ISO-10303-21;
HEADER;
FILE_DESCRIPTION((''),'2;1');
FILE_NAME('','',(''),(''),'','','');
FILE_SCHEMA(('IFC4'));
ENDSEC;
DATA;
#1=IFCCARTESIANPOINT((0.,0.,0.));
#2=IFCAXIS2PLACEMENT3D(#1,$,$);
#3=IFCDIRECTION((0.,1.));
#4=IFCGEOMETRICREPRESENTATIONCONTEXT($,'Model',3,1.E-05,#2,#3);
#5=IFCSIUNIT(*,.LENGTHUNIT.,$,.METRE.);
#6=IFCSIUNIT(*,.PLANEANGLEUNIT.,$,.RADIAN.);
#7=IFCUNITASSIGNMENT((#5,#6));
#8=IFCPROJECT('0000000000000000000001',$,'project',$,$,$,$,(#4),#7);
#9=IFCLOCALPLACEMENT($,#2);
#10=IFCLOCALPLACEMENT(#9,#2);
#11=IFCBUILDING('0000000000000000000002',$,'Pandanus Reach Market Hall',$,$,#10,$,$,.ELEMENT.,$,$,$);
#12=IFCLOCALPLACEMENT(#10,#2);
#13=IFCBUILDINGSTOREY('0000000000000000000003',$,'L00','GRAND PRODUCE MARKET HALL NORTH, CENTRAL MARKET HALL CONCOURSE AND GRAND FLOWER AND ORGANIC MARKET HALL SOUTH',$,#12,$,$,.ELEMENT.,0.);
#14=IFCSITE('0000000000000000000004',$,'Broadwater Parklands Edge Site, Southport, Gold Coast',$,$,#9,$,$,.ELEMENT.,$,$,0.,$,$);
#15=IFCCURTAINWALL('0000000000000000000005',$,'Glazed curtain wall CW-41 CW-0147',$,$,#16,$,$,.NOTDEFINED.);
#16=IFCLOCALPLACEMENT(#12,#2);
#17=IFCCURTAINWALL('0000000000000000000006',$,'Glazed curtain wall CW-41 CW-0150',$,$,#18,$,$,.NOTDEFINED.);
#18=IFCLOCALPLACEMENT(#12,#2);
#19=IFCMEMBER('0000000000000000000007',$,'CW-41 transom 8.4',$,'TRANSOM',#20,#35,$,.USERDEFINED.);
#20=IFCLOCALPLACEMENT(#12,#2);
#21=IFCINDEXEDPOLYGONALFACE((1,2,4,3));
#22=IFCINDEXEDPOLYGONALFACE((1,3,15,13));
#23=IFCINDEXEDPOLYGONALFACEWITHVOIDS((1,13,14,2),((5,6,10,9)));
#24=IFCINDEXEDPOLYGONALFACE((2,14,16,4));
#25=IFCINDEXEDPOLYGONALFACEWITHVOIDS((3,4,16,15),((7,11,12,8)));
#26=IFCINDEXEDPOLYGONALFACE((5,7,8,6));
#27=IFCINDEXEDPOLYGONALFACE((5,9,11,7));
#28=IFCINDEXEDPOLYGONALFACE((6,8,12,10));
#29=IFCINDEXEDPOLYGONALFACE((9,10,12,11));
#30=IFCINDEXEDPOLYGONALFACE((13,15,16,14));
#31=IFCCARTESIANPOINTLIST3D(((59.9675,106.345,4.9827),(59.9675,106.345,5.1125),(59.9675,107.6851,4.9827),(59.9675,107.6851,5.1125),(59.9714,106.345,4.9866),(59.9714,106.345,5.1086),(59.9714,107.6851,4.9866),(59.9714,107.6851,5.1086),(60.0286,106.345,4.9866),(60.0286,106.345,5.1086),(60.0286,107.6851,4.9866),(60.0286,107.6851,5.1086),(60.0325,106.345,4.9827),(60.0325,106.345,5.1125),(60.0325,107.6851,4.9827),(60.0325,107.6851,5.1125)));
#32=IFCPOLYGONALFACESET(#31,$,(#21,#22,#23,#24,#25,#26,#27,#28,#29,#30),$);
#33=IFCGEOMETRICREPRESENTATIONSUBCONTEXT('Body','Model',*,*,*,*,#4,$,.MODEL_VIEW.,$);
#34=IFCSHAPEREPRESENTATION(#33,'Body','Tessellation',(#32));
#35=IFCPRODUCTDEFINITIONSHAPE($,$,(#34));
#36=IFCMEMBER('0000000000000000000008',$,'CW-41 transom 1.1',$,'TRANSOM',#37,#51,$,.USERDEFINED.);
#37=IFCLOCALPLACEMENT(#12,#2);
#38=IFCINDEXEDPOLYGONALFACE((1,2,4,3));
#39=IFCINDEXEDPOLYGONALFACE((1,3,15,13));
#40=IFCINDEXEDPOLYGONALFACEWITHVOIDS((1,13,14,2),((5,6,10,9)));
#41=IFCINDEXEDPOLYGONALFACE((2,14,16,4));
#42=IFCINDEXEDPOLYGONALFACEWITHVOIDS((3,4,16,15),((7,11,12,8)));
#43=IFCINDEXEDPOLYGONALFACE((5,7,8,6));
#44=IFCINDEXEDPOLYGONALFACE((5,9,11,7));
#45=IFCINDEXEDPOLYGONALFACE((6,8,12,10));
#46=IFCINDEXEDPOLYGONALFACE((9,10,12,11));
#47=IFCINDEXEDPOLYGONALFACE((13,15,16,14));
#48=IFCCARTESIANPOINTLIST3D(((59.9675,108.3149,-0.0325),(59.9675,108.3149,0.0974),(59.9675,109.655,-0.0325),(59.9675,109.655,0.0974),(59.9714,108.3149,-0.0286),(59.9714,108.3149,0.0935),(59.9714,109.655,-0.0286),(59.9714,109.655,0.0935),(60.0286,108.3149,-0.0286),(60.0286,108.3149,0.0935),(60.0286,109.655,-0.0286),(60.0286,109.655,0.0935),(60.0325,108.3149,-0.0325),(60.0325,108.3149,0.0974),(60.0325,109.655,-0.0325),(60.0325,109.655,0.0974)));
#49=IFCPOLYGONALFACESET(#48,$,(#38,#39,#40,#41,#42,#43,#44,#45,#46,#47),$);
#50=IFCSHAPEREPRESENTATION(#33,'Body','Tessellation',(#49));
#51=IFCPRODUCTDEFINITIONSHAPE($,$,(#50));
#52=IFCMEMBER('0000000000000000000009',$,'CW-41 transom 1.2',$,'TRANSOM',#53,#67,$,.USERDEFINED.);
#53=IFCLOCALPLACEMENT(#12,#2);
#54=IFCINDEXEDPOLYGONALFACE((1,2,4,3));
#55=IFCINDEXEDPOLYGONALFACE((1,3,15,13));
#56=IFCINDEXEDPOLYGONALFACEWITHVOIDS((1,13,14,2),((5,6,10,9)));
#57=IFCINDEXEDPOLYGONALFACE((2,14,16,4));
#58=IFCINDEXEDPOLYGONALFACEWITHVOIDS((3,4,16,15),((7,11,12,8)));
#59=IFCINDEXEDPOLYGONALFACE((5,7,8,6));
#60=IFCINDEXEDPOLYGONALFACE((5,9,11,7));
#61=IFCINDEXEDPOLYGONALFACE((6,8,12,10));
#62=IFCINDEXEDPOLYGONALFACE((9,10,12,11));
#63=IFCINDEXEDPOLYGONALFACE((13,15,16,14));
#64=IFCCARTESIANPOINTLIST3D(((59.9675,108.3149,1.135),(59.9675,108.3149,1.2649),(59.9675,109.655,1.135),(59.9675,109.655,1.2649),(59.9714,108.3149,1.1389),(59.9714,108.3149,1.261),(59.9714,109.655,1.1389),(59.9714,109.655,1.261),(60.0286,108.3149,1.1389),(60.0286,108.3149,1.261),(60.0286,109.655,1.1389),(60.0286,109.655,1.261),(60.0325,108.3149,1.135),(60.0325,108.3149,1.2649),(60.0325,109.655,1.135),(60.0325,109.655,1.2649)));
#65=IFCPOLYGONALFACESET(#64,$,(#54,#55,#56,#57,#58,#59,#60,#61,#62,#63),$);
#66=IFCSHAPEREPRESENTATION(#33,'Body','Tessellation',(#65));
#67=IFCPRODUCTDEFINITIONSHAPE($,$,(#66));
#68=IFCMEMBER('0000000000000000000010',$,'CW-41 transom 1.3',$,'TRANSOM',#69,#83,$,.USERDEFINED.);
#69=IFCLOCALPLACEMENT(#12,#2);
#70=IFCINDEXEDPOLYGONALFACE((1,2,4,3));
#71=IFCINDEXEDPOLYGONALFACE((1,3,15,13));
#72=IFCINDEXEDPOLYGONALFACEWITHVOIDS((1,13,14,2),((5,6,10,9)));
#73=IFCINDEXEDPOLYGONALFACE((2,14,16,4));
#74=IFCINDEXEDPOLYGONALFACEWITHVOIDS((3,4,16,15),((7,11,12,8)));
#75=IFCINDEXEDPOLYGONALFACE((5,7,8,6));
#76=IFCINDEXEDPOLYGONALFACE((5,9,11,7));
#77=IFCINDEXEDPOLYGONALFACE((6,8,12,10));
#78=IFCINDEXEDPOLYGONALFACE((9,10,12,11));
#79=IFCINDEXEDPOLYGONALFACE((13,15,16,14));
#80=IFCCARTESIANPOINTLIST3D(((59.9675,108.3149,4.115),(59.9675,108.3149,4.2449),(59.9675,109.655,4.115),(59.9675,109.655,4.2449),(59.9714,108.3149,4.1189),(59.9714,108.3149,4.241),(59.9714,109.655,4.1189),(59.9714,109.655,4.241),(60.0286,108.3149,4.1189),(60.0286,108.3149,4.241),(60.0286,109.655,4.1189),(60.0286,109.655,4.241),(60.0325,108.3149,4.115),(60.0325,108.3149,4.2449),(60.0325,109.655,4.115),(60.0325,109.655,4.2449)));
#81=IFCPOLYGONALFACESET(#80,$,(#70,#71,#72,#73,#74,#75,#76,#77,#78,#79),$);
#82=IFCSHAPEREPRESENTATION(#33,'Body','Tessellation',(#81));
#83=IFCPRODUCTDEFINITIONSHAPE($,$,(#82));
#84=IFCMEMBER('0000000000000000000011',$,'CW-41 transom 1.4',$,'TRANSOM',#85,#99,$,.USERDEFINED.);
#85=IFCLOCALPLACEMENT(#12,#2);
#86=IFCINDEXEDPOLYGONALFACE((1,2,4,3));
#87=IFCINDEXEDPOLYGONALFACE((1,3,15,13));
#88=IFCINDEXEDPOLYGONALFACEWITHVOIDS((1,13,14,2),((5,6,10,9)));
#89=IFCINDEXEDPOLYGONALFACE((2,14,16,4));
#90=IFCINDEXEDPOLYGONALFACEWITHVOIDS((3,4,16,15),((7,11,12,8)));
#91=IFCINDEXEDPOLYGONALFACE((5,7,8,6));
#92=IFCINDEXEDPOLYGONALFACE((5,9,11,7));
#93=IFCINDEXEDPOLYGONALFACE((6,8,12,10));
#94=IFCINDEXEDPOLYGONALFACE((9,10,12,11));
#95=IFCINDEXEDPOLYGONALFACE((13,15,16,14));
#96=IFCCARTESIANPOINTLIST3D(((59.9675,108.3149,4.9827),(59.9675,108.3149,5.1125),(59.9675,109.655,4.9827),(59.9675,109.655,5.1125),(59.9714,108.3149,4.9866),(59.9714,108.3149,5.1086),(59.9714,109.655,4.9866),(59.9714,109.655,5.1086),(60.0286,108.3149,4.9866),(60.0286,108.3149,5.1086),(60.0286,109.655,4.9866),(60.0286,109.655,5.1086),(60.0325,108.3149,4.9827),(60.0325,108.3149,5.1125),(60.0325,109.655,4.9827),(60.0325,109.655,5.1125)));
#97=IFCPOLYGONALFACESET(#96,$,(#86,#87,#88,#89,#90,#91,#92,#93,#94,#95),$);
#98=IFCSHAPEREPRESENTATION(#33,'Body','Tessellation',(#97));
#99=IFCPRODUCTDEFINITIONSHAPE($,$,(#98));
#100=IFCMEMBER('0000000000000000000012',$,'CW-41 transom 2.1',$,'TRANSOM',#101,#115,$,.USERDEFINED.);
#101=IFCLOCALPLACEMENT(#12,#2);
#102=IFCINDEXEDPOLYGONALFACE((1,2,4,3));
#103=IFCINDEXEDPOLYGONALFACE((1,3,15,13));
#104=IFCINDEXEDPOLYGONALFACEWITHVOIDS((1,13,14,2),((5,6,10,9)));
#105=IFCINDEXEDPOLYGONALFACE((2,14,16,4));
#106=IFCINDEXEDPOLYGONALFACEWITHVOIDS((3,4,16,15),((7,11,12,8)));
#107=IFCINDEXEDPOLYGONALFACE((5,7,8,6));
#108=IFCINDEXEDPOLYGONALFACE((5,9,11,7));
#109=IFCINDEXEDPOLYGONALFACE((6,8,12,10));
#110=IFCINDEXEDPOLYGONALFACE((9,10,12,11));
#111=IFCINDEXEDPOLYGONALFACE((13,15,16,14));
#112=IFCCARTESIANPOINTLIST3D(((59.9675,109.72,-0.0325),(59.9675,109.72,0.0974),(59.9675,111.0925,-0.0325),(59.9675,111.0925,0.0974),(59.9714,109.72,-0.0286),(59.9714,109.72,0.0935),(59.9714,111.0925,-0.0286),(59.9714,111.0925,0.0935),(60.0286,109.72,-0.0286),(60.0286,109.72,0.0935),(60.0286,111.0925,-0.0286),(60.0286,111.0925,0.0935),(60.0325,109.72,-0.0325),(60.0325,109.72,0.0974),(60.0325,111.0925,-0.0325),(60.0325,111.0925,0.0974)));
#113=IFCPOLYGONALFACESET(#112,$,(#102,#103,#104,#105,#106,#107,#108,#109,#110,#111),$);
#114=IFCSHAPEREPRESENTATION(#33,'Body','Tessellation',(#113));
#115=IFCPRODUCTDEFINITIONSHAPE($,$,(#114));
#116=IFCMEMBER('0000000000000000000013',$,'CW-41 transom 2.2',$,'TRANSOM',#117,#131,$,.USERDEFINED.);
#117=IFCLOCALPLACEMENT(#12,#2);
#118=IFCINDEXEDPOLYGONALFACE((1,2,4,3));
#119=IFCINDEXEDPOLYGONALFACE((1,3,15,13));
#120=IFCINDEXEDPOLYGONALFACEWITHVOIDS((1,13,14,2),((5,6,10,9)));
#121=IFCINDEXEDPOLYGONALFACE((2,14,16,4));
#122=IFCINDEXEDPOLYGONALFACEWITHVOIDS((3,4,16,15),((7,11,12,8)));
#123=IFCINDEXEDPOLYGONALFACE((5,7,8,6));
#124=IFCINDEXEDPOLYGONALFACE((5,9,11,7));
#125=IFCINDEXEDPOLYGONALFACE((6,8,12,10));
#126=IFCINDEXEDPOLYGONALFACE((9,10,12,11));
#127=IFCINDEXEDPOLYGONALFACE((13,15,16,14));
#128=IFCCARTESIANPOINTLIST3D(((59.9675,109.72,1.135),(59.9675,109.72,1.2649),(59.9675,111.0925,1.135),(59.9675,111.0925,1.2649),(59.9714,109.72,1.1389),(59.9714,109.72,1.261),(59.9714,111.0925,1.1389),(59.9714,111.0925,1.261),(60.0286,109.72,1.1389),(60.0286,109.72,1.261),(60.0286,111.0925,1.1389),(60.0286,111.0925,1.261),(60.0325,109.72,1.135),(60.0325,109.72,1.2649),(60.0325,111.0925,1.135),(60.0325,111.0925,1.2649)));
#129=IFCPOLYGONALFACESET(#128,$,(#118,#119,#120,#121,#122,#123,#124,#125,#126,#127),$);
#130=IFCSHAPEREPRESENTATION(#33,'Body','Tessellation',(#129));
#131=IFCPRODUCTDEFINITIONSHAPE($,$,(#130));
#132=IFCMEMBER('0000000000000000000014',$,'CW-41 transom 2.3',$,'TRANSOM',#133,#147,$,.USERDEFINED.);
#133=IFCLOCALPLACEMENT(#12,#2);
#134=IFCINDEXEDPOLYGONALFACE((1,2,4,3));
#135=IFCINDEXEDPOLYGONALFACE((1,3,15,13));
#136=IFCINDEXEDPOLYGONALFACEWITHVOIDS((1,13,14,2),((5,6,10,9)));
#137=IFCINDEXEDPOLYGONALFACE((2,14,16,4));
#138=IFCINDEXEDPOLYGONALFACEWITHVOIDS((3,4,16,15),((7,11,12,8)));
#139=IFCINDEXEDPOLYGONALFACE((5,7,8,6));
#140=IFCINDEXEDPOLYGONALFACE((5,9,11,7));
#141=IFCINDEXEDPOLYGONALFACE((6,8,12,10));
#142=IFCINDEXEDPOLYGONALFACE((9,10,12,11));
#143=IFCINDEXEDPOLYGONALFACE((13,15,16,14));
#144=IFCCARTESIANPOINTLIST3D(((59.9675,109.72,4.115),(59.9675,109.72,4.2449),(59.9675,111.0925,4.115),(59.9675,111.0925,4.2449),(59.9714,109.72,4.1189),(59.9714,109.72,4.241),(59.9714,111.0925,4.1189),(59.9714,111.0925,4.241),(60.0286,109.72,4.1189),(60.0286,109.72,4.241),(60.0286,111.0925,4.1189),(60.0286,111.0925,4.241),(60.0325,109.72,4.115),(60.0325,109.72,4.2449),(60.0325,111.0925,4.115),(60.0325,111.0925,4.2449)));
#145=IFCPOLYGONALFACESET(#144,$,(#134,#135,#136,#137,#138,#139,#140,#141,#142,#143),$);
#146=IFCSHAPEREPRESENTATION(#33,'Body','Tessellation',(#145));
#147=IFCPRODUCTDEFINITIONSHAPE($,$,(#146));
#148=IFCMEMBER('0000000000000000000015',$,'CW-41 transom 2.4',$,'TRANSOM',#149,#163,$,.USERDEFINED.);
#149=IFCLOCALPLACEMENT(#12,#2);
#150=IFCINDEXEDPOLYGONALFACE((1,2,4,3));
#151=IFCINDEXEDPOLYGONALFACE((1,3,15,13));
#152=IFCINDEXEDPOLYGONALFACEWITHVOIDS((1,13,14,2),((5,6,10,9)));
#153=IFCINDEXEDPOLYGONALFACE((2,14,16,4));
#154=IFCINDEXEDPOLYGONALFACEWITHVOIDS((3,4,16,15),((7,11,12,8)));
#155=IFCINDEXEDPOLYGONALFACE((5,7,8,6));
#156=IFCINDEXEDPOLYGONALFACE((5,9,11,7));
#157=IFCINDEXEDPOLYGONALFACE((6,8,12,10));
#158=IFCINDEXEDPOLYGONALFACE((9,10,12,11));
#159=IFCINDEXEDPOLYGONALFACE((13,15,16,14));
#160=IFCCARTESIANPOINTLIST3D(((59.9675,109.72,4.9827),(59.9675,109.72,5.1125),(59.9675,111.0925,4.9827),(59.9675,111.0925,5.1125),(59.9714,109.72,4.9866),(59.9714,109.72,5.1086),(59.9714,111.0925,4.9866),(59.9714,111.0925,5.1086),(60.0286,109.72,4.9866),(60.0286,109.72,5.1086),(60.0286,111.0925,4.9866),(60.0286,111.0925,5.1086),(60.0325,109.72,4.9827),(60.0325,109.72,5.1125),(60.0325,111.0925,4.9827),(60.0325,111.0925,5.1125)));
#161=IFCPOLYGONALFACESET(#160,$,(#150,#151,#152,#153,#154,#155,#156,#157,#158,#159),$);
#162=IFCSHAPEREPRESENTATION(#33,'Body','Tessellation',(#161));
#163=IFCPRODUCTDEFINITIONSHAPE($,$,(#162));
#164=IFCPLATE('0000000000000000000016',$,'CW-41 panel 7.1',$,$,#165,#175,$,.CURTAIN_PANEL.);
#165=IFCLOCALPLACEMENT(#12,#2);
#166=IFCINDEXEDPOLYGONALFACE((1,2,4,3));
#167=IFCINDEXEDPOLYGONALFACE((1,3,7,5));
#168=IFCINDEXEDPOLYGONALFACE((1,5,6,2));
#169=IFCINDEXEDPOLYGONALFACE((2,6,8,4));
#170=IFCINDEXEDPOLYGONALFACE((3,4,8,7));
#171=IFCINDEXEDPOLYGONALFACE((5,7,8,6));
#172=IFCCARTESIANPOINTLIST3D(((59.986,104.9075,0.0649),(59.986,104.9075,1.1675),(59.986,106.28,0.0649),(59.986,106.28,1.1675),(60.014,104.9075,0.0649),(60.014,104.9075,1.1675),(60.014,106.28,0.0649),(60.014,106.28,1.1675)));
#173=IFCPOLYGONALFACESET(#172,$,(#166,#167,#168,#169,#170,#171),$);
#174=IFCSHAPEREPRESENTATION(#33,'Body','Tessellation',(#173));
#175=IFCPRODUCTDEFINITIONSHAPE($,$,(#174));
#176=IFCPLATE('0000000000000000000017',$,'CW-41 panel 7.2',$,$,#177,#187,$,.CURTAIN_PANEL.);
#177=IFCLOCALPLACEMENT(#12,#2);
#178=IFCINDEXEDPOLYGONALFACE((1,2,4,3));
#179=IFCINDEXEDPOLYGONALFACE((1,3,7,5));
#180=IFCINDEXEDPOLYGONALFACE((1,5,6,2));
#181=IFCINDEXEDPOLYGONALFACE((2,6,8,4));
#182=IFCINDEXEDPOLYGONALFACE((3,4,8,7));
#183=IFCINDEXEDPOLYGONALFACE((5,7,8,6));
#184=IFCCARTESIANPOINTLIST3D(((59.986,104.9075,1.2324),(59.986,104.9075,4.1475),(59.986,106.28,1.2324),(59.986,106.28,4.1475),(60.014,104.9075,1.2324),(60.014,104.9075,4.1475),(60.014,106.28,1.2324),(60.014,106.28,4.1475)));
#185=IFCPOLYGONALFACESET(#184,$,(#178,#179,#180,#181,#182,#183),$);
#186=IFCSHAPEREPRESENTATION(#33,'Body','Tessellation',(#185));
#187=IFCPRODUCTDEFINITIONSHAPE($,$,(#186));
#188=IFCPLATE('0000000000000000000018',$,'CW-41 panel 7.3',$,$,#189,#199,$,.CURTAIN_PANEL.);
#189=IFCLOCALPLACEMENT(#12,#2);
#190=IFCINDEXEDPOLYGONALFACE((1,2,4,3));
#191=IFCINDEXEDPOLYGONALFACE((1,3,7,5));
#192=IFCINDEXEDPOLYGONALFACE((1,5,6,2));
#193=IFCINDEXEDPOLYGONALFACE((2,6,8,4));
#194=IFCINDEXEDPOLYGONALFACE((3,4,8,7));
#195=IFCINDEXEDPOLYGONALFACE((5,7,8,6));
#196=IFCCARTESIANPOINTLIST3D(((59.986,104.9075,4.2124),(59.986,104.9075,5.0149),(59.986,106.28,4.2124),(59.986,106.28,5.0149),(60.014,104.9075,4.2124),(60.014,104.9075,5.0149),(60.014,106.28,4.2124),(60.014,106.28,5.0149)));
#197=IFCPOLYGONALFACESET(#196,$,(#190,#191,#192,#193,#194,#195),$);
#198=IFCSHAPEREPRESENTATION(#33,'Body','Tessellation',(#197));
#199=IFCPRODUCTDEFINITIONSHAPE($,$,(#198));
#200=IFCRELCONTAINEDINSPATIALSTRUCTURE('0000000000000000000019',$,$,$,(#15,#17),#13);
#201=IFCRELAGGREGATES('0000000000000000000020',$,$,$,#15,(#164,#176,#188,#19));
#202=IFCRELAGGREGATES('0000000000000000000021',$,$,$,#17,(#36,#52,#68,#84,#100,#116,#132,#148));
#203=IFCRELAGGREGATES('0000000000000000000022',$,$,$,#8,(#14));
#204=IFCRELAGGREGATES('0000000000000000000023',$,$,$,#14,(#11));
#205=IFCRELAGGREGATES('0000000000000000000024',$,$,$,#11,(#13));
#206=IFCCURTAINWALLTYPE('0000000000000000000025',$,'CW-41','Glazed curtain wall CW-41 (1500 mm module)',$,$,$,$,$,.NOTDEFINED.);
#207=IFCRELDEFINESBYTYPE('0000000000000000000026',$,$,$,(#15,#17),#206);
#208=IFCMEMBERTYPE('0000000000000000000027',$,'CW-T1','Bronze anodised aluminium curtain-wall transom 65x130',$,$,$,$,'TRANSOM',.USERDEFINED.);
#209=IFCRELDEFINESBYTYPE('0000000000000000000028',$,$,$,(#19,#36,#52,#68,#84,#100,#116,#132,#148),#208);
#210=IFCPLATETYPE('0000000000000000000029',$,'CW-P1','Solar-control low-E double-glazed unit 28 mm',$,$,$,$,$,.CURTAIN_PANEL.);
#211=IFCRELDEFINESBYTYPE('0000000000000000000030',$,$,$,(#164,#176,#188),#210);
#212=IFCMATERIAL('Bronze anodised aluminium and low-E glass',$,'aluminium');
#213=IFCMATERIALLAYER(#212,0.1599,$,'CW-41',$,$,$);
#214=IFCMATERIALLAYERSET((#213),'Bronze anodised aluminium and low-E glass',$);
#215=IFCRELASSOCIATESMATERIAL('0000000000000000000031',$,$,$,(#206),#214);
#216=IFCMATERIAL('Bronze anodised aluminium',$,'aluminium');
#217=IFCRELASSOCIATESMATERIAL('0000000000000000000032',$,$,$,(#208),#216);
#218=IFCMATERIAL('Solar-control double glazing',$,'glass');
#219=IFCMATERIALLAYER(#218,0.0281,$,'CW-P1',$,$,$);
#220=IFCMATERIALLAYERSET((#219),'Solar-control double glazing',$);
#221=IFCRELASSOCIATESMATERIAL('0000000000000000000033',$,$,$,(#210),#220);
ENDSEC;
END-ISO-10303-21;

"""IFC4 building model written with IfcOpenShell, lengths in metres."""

from ifc_helpers import new_model, si_unit, direction, frame, origin, origin_2d, place, context, subcontext, project, spatial, rectangle, hollow_rectangle, extrude, material, layer, layer_set, material_profile, profile_set, type_object, element, aggregate, save


model = new_model("IFC4")

# Units and contexts
model_context = context("Model", 3, precision=1e-05, world=origin(), true_north=direction((0.0, 1.0)))
body_context = subcontext(model_context, "Body", "Model", "MODEL_VIEW")
ifc_project = project(units=[si_unit("LENGTHUNIT", "METRE"), si_unit("PLANEANGLEUNIT", "RADIAN")], contexts=[model_context])

# Site, building, storey
site_placement = place(None, origin())
site = spatial("IfcSite", under=ifc_project, at=site_placement, Name="Broadwater Parklands Edge Site, Southport, Gold Coast", CompositionType="ELEMENT", RefElevation=0.0)
building_placement = place(site_placement, origin())
building = spatial("IfcBuilding", under=site, at=building_placement, Name="Pandanus Reach Market Hall", CompositionType="ELEMENT")
storey_placement = place(building_placement, origin())
storey = spatial("IfcBuildingStorey", under=building, at=storey_placement, Name="L00", Description="GRAND PRODUCE MARKET HALL NORTH, CENTRAL MARKET HALL CONCOURSE AND GRAND FLOWER AND ORGANIC MARKET HALL SOUTH", CompositionType="ELEMENT", Elevation=0.0)

# Curtain walls
ifc_material_1 = material(Name="Bronze anodised aluminium and low-E glass", Category="aluminium")
ifc_layer_1 = layer(ifc_material_1, 0.1599, Name="CW-41")
ifc_layer_set_1 = layer_set([ifc_layer_1], Name="Bronze anodised aluminium and low-E glass")
curtain_wall_type = type_object("IfcCurtainWallType", Name="CW-41", Description="Glazed curtain wall CW-41 (1500 mm module)", PredefinedType="NOTDEFINED", material=ifc_layer_set_1)
curtain_wall_1_placement = place(storey_placement, origin())
curtain_wall_1 = element("IfcCurtainWall", 1, at=curtain_wall_1_placement, inside=storey, type_object=curtain_wall_type, Name="Glazed curtain wall CW-41 CW-0147", PredefinedType="NOTDEFINED")
ifc_material_2 = material(Name="Bronze anodised aluminium", Category="aluminium")
curtain_wall_2_placement = place(storey_placement, origin())
curtain_wall_2 = element("IfcCurtainWall", 2, at=curtain_wall_2_placement, inside=storey, type_object=curtain_wall_type, Name="Glazed curtain wall CW-41 CW-0150", PredefinedType="NOTDEFINED")

# Members
ifc_material_profile_1 = material_profile(ifc_material_2, hollow_rectangle(XDim=0.0649, YDim=0.1299, WallThickness=0.0039, at=origin_2d()), Name="ALU65x130", Category="LoadBearing")
ifc_profile_set_1 = profile_set([ifc_material_profile_1], Name="Bronze anodised aluminium")
member_type_1 = type_object("IfcMemberType", Name="CW-T1", Description="Bronze anodised aluminium curtain-wall transom 65x130", ElementType="TRANSOM", PredefinedType="USERDEFINED", material=ifc_profile_set_1)
member_1_placement = place(storey_placement, frame((60.0, 106.345, 5.0476), z_axis=(0.0, 1.0, 0.0), x_axis=(-1.0, 0.0, 0.0)))
member_1 = element("IfcMember", 3, at=member_1_placement, type_object=member_type_1, Name="CW-41 transom 8.4", ObjectType="TRANSOM", PredefinedType="USERDEFINED", context=body_context, shape_type="SweptSolid", body=[
    extrude(hollow_rectangle(XDim=0.0649, YDim=0.1299, WallThickness=0.0039, at=origin_2d()), origin(), (0.0, 0.0, 1.0), 1.3401),
])
member_2_placement = place(storey_placement, frame((60.0, 108.3149, 0.0325), z_axis=(0.0, 1.0, 0.0), x_axis=(-1.0, 0.0, 0.0)))
member_2 = element("IfcMember", 4, at=member_2_placement, type_object=member_type_1, Name="CW-41 transom 1.1", ObjectType="TRANSOM", PredefinedType="USERDEFINED", context=body_context, shape_type="SweptSolid", body=[
    extrude(hollow_rectangle(XDim=0.0649, YDim=0.1299, WallThickness=0.0039, at=origin_2d()), origin(), (0.0, 0.0, 1.0), 1.3401),
])
member_3_placement = place(storey_placement, frame((60.0, 108.3149, 1.2), z_axis=(0.0, 1.0, 0.0), x_axis=(-1.0, 0.0, 0.0)))
member_3 = element("IfcMember", 5, at=member_3_placement, type_object=member_type_1, Name="CW-41 transom 1.2", ObjectType="TRANSOM", PredefinedType="USERDEFINED", context=body_context, shape_type="SweptSolid", body=[
    extrude(hollow_rectangle(XDim=0.0649, YDim=0.1299, WallThickness=0.0039, at=origin_2d()), origin(), (0.0, 0.0, 1.0), 1.3401),
])
member_4_placement = place(storey_placement, frame((60.0, 108.3149, 4.1799), z_axis=(0.0, 1.0, 0.0), x_axis=(-1.0, 0.0, 0.0)))
member_4 = element("IfcMember", 6, at=member_4_placement, type_object=member_type_1, Name="CW-41 transom 1.3", ObjectType="TRANSOM", PredefinedType="USERDEFINED", context=body_context, shape_type="SweptSolid", body=[
    extrude(hollow_rectangle(XDim=0.0649, YDim=0.1299, WallThickness=0.0039, at=origin_2d()), origin(), (0.0, 0.0, 1.0), 1.3401),
])
member_5_placement = place(storey_placement, frame((60.0, 108.3149, 5.0476), z_axis=(0.0, 1.0, 0.0), x_axis=(-1.0, 0.0, 0.0)))
member_5 = element("IfcMember", 7, at=member_5_placement, type_object=member_type_1, Name="CW-41 transom 1.4", ObjectType="TRANSOM", PredefinedType="USERDEFINED", context=body_context, shape_type="SweptSolid", body=[
    extrude(hollow_rectangle(XDim=0.0649, YDim=0.1299, WallThickness=0.0039, at=origin_2d()), origin(), (0.0, 0.0, 1.0), 1.3401),
])
member_6_placement = place(storey_placement, frame((60.0, 109.72, 0.0325), z_axis=(0.0, 1.0, 0.0), x_axis=(-1.0, 0.0, 0.0)))
member_6 = element("IfcMember", 8, at=member_6_placement, type_object=member_type_1, Name="CW-41 transom 2.1", ObjectType="TRANSOM", PredefinedType="USERDEFINED", context=body_context, shape_type="SweptSolid", body=[
    extrude(hollow_rectangle(XDim=0.0649, YDim=0.1299, WallThickness=0.0039, at=origin_2d()), origin(), (0.0, 0.0, 1.0), 1.3726),
])
member_7_placement = place(storey_placement, frame((60.0, 109.72, 1.2), z_axis=(0.0, 1.0, 0.0), x_axis=(-1.0, 0.0, 0.0)))
member_7 = element("IfcMember", 9, at=member_7_placement, type_object=member_type_1, Name="CW-41 transom 2.2", ObjectType="TRANSOM", PredefinedType="USERDEFINED", context=body_context, shape_type="SweptSolid", body=[
    extrude(hollow_rectangle(XDim=0.0649, YDim=0.1299, WallThickness=0.0039, at=origin_2d()), origin(), (0.0, 0.0, 1.0), 1.3726),
])
member_8_placement = place(storey_placement, frame((60.0, 109.72, 4.1799), z_axis=(0.0, 1.0, 0.0), x_axis=(-1.0, 0.0, 0.0)))
member_8 = element("IfcMember", 10, at=member_8_placement, type_object=member_type_1, Name="CW-41 transom 2.3", ObjectType="TRANSOM", PredefinedType="USERDEFINED", context=body_context, shape_type="SweptSolid", body=[
    extrude(hollow_rectangle(XDim=0.0649, YDim=0.1299, WallThickness=0.0039, at=origin_2d()), origin(), (0.0, 0.0, 1.0), 1.3726),
])
member_9_placement = place(storey_placement, frame((60.0, 109.72, 5.0476), z_axis=(0.0, 1.0, 0.0), x_axis=(-1.0, 0.0, 0.0)))
member_9 = element("IfcMember", 11, at=member_9_placement, type_object=member_type_1, Name="CW-41 transom 2.4", ObjectType="TRANSOM", PredefinedType="USERDEFINED", context=body_context, shape_type="SweptSolid", body=[
    extrude(hollow_rectangle(XDim=0.0649, YDim=0.1299, WallThickness=0.0039, at=origin_2d()), origin(), (0.0, 0.0, 1.0), 1.3726),
])

# Plates
ifc_material_3 = material(Name="Solar-control double glazing", Category="glass")
ifc_layer_2 = layer(ifc_material_3, 0.0281, Name="CW-P1")
ifc_layer_set_2 = layer_set([ifc_layer_2], Name="Solar-control double glazing")
plate_type = type_object("IfcPlateType", Name="CW-P1", Description="Solar-control low-E double-glazed unit 28 mm", PredefinedType="CURTAIN_PANEL", material=ifc_layer_set_2)
plate_1_placement = place(storey_placement, frame((60.0, 105.5938, 0.0649), z_axis=(0.0, 0.0, 1.0), x_axis=(0.0, 1.0, 0.0)))
plate_1 = element("IfcPlate", 12, at=plate_1_placement, type_object=plate_type, Name="CW-41 panel 7.1", PredefinedType="CURTAIN_PANEL", context=body_context, shape_type="SweptSolid", body=[
    extrude(rectangle(XDim=1.3726, YDim=0.0281, at=origin_2d()), origin(), (0.0, 0.0, 1.0), 1.1025),
])
plate_2_placement = place(storey_placement, frame((60.0, 105.5938, 1.2324), z_axis=(0.0, 0.0, 1.0), x_axis=(0.0, 1.0, 0.0)))
plate_2 = element("IfcPlate", 13, at=plate_2_placement, type_object=plate_type, Name="CW-41 panel 7.2", PredefinedType="CURTAIN_PANEL", context=body_context, shape_type="SweptSolid", body=[
    extrude(rectangle(XDim=1.3726, YDim=0.0281, at=origin_2d()), origin(), (0.0, 0.0, 1.0), 2.915),
])
plate_3_placement = place(storey_placement, frame((60.0, 105.5938, 4.2124), z_axis=(0.0, 0.0, 1.0), x_axis=(0.0, 1.0, 0.0)))
plate_3 = element("IfcPlate", 14, at=plate_3_placement, type_object=plate_type, Name="CW-41 panel 7.3", PredefinedType="CURTAIN_PANEL", context=body_context, shape_type="SweptSolid", body=[
    extrude(rectangle(XDim=1.3726, YDim=0.0281, at=origin_2d()), origin(), (0.0, 0.0, 1.0), 0.8025),
])
aggregate(curtain_wall_1, [plate_1, plate_2, plate_3, member_1])
aggregate(curtain_wall_2, [member_2, member_3, member_4, member_5, member_6, member_7, member_8, member_9])

save(model, "model.ifc")
